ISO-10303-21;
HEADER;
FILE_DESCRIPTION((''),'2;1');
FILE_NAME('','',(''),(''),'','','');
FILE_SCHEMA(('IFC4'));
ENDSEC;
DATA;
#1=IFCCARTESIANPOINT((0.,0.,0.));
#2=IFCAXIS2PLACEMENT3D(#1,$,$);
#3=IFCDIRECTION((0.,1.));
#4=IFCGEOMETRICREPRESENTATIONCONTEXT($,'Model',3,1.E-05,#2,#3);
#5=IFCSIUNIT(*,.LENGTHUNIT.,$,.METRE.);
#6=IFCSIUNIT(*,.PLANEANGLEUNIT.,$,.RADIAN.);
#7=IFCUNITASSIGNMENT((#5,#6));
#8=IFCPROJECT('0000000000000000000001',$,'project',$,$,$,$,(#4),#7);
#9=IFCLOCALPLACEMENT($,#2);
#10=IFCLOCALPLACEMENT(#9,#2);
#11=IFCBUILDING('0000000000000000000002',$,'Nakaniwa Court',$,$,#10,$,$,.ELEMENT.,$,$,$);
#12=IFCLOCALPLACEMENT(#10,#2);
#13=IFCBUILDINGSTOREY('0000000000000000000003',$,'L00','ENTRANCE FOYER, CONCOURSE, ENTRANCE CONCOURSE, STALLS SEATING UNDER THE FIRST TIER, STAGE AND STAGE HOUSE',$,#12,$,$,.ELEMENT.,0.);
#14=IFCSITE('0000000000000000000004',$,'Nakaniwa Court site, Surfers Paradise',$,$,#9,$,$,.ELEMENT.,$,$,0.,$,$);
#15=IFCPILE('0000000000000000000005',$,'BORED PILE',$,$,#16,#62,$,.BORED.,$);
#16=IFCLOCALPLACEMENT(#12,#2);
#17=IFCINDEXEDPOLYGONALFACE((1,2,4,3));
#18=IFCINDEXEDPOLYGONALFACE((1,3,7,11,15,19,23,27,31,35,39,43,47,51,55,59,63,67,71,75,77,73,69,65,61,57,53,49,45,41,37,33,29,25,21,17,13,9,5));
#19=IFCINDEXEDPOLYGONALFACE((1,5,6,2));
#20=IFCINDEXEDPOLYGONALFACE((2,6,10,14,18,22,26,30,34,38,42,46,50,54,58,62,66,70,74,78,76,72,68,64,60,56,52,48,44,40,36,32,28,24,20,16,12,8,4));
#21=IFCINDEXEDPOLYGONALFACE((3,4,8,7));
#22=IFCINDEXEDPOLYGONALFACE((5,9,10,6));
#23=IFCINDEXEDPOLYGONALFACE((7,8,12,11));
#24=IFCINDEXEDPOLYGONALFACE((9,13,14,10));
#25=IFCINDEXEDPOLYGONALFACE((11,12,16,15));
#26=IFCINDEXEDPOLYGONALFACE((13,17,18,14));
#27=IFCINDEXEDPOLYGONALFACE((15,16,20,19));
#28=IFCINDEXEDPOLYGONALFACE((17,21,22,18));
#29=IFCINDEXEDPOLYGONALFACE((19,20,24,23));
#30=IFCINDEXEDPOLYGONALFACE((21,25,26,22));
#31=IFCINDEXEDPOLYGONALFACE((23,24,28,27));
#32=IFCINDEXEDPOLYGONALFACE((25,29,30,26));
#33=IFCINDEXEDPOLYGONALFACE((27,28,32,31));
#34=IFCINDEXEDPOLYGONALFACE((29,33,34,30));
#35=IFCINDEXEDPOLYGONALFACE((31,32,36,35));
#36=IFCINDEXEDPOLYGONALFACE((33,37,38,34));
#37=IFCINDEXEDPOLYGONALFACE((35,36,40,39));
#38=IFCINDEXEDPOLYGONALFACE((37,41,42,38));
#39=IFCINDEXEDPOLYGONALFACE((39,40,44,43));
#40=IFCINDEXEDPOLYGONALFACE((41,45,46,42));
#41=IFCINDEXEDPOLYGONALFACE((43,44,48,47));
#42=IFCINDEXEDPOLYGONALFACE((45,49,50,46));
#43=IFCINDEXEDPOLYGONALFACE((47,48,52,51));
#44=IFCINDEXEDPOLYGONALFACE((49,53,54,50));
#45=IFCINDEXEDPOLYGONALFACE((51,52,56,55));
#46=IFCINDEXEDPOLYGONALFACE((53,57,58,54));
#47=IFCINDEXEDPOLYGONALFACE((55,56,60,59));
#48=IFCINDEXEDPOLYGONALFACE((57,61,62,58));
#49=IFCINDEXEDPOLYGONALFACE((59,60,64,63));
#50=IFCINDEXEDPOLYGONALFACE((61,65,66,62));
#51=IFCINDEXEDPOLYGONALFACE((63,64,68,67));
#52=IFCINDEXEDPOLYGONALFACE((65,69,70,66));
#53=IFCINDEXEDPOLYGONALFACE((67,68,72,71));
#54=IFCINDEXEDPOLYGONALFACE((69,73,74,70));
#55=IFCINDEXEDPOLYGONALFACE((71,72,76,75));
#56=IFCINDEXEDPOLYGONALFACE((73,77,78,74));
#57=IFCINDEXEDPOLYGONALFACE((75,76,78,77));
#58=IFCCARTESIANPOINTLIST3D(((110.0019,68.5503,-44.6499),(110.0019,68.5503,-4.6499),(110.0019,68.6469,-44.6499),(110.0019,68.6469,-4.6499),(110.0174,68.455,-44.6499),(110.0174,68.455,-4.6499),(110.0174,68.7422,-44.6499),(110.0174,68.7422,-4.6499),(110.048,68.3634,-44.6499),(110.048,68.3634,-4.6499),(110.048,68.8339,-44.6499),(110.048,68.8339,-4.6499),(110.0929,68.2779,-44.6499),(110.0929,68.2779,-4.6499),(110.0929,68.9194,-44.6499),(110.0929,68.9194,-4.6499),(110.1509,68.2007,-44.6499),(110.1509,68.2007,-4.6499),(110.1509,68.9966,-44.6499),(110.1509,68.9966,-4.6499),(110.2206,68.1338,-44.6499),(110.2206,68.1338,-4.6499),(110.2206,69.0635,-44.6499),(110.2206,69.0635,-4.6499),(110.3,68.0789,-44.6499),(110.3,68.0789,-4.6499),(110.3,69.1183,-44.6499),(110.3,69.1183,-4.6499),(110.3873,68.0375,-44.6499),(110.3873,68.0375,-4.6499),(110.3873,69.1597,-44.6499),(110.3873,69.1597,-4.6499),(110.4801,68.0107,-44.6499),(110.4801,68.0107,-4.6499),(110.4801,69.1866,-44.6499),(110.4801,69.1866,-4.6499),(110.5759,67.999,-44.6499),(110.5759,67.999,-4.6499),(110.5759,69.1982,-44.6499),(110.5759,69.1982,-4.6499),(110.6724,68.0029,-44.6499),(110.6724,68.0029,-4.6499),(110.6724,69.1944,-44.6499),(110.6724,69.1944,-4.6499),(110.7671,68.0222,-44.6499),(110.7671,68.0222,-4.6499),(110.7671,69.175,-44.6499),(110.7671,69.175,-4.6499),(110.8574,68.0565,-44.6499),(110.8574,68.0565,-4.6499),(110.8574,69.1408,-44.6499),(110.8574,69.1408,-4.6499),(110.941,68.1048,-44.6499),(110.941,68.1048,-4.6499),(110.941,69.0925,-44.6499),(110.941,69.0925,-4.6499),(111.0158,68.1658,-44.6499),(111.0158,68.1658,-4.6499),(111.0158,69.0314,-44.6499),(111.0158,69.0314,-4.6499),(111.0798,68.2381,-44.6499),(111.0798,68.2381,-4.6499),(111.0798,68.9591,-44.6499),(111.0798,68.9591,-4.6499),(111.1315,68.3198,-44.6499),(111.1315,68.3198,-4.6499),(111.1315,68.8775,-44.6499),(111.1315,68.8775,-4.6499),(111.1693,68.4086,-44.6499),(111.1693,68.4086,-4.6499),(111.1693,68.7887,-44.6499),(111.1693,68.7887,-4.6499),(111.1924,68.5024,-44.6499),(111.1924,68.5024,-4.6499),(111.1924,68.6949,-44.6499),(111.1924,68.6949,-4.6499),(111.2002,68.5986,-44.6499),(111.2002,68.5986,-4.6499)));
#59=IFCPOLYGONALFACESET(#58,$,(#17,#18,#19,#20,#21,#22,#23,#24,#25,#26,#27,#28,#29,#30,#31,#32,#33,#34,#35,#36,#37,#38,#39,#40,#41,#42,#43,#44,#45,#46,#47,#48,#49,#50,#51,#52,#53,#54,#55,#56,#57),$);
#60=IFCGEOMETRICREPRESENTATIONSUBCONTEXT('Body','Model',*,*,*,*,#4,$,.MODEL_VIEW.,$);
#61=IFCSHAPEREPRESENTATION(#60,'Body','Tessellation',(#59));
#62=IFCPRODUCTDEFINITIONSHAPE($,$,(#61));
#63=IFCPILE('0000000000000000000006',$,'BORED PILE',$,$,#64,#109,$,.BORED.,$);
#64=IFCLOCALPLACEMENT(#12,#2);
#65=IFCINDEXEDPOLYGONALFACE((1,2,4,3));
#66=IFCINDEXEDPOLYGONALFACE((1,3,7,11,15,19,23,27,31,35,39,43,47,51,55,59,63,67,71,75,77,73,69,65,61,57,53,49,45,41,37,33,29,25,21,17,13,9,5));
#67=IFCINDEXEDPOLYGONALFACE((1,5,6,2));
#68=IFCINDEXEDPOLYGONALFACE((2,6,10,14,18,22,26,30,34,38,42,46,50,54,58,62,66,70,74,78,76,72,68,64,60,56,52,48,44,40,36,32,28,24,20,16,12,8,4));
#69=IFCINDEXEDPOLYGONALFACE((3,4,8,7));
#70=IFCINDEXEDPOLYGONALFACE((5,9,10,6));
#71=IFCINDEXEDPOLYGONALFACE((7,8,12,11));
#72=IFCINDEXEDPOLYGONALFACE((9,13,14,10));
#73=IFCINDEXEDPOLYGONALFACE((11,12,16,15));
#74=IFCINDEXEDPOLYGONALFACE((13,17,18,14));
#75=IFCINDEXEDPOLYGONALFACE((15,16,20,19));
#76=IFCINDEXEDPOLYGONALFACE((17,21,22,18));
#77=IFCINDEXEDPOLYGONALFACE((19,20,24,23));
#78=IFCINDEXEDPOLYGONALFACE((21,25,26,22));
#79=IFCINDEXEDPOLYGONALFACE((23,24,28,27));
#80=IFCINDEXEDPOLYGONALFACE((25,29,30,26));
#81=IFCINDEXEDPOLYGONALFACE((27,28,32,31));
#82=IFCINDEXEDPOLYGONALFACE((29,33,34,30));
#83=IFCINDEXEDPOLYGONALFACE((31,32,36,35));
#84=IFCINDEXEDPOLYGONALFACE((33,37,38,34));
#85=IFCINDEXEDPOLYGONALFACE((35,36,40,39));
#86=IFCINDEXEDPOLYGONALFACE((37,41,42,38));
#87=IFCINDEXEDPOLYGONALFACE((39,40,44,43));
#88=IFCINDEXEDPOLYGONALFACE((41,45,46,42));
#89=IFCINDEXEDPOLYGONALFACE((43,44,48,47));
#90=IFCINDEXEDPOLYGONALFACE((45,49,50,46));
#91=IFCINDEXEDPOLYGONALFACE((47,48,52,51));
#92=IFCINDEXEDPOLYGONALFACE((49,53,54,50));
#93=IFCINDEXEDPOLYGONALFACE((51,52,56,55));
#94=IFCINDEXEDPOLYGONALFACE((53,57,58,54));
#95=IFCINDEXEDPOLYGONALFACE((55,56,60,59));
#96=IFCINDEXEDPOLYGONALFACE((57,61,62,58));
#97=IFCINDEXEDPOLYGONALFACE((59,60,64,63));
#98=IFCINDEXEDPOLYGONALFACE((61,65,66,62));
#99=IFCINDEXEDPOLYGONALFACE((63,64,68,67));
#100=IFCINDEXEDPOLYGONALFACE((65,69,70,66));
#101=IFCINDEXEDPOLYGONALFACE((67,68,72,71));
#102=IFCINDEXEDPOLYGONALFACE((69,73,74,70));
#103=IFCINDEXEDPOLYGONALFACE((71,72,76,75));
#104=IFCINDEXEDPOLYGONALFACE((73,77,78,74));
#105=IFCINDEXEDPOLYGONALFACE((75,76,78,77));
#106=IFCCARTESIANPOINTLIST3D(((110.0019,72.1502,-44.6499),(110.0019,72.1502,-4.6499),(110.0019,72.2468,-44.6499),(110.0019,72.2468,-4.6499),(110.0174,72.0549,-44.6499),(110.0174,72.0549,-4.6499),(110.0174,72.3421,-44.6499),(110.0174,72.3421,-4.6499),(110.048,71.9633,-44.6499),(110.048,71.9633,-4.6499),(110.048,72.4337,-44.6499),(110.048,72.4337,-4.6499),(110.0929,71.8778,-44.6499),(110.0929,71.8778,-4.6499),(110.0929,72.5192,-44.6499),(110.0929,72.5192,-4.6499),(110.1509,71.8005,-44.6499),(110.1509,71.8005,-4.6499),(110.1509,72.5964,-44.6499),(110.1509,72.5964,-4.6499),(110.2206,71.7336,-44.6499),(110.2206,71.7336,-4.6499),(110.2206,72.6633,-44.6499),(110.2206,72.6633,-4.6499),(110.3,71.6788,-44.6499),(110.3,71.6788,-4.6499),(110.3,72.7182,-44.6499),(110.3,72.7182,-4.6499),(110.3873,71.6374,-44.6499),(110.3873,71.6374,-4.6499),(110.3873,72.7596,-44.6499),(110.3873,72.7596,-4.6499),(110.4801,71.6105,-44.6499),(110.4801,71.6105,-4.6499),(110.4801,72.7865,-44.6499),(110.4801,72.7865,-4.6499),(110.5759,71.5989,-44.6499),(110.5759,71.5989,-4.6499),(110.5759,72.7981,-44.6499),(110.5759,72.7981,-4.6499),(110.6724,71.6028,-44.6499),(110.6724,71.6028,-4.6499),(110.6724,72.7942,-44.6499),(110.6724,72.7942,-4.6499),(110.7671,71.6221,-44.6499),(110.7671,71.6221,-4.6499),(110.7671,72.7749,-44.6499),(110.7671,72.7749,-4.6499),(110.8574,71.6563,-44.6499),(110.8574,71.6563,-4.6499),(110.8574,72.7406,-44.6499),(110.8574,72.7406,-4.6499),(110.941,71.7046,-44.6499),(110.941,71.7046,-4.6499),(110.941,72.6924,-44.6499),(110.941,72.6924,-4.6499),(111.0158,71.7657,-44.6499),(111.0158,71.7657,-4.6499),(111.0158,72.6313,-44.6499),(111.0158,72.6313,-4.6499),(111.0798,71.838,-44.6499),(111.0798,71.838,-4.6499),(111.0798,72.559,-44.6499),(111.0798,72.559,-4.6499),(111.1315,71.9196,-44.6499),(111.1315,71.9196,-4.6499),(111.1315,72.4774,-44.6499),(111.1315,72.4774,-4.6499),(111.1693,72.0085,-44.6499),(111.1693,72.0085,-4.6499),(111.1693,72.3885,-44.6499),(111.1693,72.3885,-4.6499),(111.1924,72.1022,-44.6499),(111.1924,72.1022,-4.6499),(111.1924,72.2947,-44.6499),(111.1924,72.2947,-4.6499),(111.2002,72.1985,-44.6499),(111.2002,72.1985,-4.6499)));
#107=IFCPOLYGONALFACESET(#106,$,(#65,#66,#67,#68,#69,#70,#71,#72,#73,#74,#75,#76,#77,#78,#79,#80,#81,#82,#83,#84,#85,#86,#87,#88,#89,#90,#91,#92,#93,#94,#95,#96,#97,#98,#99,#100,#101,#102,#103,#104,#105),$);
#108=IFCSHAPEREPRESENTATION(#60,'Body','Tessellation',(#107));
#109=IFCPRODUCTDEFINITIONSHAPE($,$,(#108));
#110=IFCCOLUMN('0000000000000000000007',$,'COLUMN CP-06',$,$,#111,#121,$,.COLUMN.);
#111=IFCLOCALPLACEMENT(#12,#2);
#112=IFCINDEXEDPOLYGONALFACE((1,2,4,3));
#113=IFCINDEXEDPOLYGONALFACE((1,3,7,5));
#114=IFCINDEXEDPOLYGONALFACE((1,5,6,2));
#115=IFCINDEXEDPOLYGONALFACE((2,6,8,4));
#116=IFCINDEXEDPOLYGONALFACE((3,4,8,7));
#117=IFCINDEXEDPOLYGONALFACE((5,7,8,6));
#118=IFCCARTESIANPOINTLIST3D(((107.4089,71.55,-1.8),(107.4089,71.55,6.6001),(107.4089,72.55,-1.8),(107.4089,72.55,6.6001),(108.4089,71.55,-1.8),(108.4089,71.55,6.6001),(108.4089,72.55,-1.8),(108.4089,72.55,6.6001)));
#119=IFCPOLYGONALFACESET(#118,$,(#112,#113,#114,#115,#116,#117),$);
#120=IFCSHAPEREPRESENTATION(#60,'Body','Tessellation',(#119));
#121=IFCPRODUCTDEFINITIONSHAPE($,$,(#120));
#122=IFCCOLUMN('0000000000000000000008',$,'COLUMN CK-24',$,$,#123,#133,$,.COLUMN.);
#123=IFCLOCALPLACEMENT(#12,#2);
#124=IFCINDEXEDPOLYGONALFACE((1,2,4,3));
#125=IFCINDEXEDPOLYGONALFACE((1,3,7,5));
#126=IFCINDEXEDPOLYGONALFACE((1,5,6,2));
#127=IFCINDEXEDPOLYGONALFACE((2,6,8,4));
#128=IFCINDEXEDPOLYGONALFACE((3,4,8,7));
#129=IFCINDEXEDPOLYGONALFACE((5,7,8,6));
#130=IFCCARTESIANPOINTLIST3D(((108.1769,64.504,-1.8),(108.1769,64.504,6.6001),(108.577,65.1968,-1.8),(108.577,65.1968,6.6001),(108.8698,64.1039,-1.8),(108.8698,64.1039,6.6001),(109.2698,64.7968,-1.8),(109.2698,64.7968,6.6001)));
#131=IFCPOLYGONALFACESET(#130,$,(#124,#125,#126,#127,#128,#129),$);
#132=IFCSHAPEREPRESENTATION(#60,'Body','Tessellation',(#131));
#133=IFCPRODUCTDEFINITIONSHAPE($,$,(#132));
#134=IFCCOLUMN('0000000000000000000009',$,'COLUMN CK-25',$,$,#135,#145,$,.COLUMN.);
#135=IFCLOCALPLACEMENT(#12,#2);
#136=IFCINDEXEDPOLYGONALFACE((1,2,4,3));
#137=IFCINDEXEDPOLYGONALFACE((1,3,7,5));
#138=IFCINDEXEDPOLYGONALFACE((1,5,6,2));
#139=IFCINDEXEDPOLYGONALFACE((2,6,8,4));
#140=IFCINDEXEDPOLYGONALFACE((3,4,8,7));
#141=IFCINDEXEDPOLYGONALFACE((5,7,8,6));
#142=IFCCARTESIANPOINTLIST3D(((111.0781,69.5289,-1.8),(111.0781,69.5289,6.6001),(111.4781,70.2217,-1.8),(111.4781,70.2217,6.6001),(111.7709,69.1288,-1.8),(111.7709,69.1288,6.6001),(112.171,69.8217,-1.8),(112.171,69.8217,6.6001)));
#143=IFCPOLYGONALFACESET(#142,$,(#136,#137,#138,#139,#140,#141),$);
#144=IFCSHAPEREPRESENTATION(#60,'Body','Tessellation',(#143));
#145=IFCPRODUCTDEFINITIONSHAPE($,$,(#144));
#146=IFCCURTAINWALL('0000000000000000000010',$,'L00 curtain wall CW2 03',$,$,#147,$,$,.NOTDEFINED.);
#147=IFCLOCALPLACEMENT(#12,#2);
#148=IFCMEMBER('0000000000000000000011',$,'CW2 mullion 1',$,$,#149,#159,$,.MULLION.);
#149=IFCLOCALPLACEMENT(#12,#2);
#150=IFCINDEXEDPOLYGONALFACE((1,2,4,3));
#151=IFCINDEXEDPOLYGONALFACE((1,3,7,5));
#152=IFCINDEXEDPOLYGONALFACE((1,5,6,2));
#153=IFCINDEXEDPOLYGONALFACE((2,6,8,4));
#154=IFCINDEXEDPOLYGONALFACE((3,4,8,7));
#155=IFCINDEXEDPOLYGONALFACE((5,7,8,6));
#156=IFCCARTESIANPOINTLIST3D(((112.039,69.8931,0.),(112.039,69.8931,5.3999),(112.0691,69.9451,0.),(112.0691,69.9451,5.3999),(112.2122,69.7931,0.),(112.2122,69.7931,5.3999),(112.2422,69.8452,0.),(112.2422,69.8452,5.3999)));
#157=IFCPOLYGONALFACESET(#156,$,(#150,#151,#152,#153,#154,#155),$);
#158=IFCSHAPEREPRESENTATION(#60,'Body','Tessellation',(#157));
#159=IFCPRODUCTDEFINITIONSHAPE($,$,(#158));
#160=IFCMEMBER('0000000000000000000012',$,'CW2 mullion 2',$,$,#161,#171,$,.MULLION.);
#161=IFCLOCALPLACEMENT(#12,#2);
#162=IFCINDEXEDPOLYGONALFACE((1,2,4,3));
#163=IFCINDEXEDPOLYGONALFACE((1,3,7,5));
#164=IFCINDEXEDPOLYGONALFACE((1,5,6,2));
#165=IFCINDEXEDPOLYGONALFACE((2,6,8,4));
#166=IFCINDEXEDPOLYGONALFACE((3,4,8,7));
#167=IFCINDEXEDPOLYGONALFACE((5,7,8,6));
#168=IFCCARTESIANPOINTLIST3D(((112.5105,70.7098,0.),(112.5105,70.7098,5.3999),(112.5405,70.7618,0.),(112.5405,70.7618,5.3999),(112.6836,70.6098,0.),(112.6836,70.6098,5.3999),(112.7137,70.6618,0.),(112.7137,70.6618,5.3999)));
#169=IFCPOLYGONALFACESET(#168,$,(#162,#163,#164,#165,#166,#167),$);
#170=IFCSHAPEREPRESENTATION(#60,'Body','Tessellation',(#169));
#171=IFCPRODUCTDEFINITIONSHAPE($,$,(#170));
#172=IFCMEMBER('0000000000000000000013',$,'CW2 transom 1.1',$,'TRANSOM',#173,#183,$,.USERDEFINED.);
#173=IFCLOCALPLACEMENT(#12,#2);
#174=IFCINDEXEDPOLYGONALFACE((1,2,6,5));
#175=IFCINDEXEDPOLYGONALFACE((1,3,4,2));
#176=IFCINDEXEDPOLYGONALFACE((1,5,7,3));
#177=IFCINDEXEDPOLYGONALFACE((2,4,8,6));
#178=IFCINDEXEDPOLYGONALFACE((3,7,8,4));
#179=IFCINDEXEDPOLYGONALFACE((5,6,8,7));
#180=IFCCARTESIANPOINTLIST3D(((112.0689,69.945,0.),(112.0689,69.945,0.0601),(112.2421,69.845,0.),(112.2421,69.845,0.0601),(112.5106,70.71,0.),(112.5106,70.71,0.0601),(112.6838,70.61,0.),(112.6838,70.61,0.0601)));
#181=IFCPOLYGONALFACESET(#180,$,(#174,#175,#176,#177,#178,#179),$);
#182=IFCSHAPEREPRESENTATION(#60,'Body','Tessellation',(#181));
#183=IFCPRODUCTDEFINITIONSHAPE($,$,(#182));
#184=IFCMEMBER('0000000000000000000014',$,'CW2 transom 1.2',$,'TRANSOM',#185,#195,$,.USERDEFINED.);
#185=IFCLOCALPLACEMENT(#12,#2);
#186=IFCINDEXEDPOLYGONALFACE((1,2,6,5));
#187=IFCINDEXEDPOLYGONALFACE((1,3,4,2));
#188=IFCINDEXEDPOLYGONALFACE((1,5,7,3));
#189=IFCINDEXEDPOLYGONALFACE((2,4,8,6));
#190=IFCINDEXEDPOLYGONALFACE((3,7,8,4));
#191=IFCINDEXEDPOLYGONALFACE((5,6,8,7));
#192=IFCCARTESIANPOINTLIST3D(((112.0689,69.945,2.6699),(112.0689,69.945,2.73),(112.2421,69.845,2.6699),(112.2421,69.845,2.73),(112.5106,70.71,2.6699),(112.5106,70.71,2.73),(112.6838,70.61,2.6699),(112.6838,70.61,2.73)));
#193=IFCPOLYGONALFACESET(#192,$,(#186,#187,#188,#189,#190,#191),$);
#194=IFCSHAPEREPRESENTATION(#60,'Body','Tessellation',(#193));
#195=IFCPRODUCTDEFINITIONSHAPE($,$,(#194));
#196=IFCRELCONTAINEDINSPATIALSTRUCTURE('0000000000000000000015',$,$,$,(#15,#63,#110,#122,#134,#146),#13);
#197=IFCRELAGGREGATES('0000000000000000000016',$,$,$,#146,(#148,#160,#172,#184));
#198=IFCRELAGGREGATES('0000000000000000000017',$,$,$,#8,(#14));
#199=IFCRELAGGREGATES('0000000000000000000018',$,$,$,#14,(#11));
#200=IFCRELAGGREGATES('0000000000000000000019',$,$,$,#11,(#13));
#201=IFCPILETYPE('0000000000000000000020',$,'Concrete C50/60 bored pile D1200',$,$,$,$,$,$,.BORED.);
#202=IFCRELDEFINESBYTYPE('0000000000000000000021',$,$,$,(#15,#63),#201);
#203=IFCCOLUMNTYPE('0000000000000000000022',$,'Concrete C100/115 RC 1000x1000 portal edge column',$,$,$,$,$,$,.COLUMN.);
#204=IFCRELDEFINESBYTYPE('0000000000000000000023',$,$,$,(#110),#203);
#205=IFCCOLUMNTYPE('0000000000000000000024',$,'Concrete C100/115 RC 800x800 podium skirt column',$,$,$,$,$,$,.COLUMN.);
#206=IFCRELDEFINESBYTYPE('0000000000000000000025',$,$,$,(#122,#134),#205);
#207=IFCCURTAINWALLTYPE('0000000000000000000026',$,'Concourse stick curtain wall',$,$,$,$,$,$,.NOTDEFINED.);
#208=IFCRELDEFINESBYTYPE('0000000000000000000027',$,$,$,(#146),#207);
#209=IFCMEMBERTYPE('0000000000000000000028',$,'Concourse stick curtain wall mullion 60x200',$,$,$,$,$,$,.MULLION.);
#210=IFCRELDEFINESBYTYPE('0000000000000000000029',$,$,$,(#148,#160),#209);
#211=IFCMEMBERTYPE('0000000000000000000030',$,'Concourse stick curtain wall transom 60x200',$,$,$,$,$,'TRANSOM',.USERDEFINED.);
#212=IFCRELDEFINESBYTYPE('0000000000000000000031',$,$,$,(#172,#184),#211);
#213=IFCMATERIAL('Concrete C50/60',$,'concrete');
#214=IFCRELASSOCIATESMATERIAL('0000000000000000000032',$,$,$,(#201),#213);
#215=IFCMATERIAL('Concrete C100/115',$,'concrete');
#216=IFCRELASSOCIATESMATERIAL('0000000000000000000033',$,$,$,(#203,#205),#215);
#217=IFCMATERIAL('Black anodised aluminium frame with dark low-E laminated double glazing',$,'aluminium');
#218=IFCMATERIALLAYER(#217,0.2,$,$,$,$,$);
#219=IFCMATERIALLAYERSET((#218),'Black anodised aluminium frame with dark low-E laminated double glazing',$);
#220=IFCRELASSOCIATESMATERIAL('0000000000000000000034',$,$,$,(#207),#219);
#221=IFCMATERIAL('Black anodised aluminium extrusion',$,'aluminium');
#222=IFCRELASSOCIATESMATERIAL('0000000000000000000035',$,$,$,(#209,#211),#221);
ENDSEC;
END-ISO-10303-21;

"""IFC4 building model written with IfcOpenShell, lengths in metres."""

from ifc_helpers import new_model, si_unit, direction, frame, origin, origin_2d, place, context, subcontext, project, spatial, rectangle, circle, extrude, material, layer, layer_set, material_profile, profile_set, type_object, element, aggregate, save


model = new_model("IFC4")

# Units and contexts
model_context = context("Model", 3, precision=1e-05, world=origin(), true_north=direction((0.0, 1.0)))
body_context = subcontext(model_context, "Body", "Model", "MODEL_VIEW")
ifc_project = project(units=[si_unit("LENGTHUNIT", "METRE"), si_unit("PLANEANGLEUNIT", "RADIAN")], contexts=[model_context])

# Site, building, storey
site_placement = place(None, origin())
site = spatial("IfcSite", under=ifc_project, at=site_placement, Name="Nakaniwa Court site, Surfers Paradise", CompositionType="ELEMENT", RefElevation=0.0)
building_placement = place(site_placement, origin())
building = spatial("IfcBuilding", under=site, at=building_placement, Name="Nakaniwa Court", CompositionType="ELEMENT")
storey_placement = place(building_placement, origin())
storey = spatial("IfcBuildingStorey", under=building, at=storey_placement, Name="L00", Description="ENTRANCE FOYER, CONCOURSE, ENTRANCE CONCOURSE, STALLS SEATING UNDER THE FIRST TIER, STAGE AND STAGE HOUSE", CompositionType="ELEMENT", Elevation=0.0)

# Piles
ifc_material_1 = material(Name="Concrete C50/60", Category="concrete")
ifc_material_profile_1 = material_profile(ifc_material_1, circle(Radius=0.6001, at=origin_2d()), Name="Concrete C50/60 bored pile D1200")
ifc_profile_set_1 = profile_set([ifc_material_profile_1], Name="Concrete C50/60")
pile_type = type_object("IfcPileType", Name="Concrete C50/60 bored pile D1200", PredefinedType="BORED", material=ifc_profile_set_1)
for number, where, z_axis, x_axis, name in (
    (1, (110.6001, 68.5986, -4.6499), (0.0, 0.0, -1.0), (1.0, 0.0, 0.0), "BORED PILE"),
    (2, (110.6001, 72.1985, -4.6499), (0.0, 0.0, -1.0), (1.0, 0.0, 0.0), "BORED PILE"),
):
    element("IfcPile", number, at=place(storey_placement, frame(where, z_axis=z_axis, x_axis=x_axis)), inside=storey, type_object=pile_type, Name=name, PredefinedType="BORED", context=body_context, shape_type="SweptSolid", body=[
        extrude(circle(Radius=0.6001, at=origin_2d()), origin(), (0.0, 0.0, 1.0), 40.0),
    ])

# Columns
ifc_material_2 = material(Name="Concrete C100/115", Category="concrete")
ifc_material_profile_2 = material_profile(ifc_material_2, rectangle(XDim=1.0, YDim=1.0, at=origin_2d()), Name="Concrete C100/115 RC 1000x1000 portal edge column")
ifc_profile_set_2 = profile_set([ifc_material_profile_2], Name="Concrete C100/115")
column_type_1 = type_object("IfcColumnType", Name="Concrete C100/115 RC 1000x1000 portal edge column", PredefinedType="COLUMN", material=ifc_profile_set_2)
column_placement = place(storey_placement, frame((107.9089, 72.05, -1.8), z_axis=(0.0, 0.0, 1.0), x_axis=(1.0, 0.0, 0.0)))
element("IfcColumn", 3, at=column_placement, inside=storey, type_object=column_type_1, Name="COLUMN CP-06", PredefinedType="COLUMN", context=body_context, shape_type="SweptSolid", body=[
    extrude(rectangle(XDim=1.0, YDim=1.0, at=origin_2d()), origin(), (0.0, 0.0, 1.0), 8.4001),
])
ifc_material_profile_3 = material_profile(ifc_material_2, rectangle(XDim=0.8, YDim=0.8, at=origin_2d()), Name="Concrete C100/115 RC 800x800 podium skirt column")
ifc_profile_set_3 = profile_set([ifc_material_profile_3], Name="Concrete C100/115")
column_type_2 = type_object("IfcColumnType", Name="Concrete C100/115 RC 800x800 podium skirt column", PredefinedType="COLUMN", material=ifc_profile_set_3)
for number, where, z_axis, x_axis, name in (
    (4, (108.7234, 64.6504, -1.8), (0.0, 0.0, 1.0), (0.5, 0.866025, 0.0), "COLUMN CK-24"),
    (5, (111.6245, 69.6753, -1.8), (0.0, 0.0, 1.0), (0.5, 0.866025, 0.0), "COLUMN CK-25"),
):
    element("IfcColumn", number, at=place(storey_placement, frame(where, z_axis=z_axis, x_axis=x_axis)), inside=storey, type_object=column_type_2, Name=name, PredefinedType="COLUMN", context=body_context, shape_type="SweptSolid", body=[
        extrude(rectangle(XDim=0.8, YDim=0.8, at=origin_2d()), origin(), (0.0, 0.0, 1.0), 8.4001),
    ])

# Curtain wall, members
ifc_material_3 = material(Name="Black anodised aluminium frame with dark low-E laminated double glazing", Category="aluminium")
ifc_layer_1 = layer(ifc_material_3, 0.2)
ifc_layer_set_1 = layer_set([ifc_layer_1], Name="Black anodised aluminium frame with dark low-E laminated double glazing")
curtain_wall_type = type_object("IfcCurtainWallType", Name="Concourse stick curtain wall", PredefinedType="NOTDEFINED", material=ifc_layer_set_1)
curtain_wall_placement = place(storey_placement, origin())
curtain_wall = element("IfcCurtainWall", 6, at=curtain_wall_placement, inside=storey, type_object=curtain_wall_type, Name="L00 curtain wall CW2 03", PredefinedType="NOTDEFINED")
ifc_material_4 = material(Name="Black anodised aluminium extrusion", Category="aluminium")
ifc_material_profile_4 = material_profile(ifc_material_4, rectangle(XDim=0.2, YDim=0.0601, at=origin_2d()), Name="Concourse stick curtain wall mullion 60x200")
ifc_profile_set_4 = profile_set([ifc_material_profile_4], Name="Black anodised aluminium extrusion")
member_type_1 = type_object("IfcMemberType", Name="Concourse stick curtain wall mullion 60x200", PredefinedType="MULLION", material=ifc_profile_set_4)
member_1_placement = place(storey_placement, frame((112.1406, 69.8691, 0.0), z_axis=(0.0, 0.0, 1.0), x_axis=(-0.86604, 0.499975, 0.0)))
member_1 = element("IfcMember", 7, at=member_1_placement, type_object=member_type_1, Name="CW2 mullion 1", PredefinedType="MULLION", context=body_context, shape_type="SweptSolid", body=[
    extrude(rectangle(XDim=0.2, YDim=0.0601, at=origin_2d()), origin(), (0.0, 0.0, 1.0), 5.3999),
])
member_2_placement = place(storey_placement, frame((112.6121, 70.6858, 0.0), z_axis=(0.0, 0.0, 1.0), x_axis=(-0.86604, 0.499975, 0.0)))
member_2 = element("IfcMember", 8, at=member_2_placement, type_object=member_type_1, Name="CW2 mullion 2", PredefinedType="MULLION", context=body_context, shape_type="SweptSolid", body=[
    extrude(rectangle(XDim=0.2, YDim=0.0601, at=origin_2d()), origin(), (0.0, 0.0, 1.0), 5.3999),
])
ifc_material_profile_5 = material_profile(ifc_material_4, rectangle(XDim=0.2, YDim=0.0601, at=origin_2d()), Name="Concourse stick curtain wall transom 60x200")
ifc_profile_set_5 = profile_set([ifc_material_profile_5], Name="Black anodised aluminium extrusion")
member_type_2 = type_object("IfcMemberType", Name="Concourse stick curtain wall transom 60x200", ElementType="TRANSOM", PredefinedType="USERDEFINED", material=ifc_profile_set_5)
member_3_placement = place(storey_placement, frame((112.1555, 69.895, 0.03), z_axis=(0.500034, 0.866006, 0.0), x_axis=(-0.866006, 0.500034, 0.0)))
member_3 = element("IfcMember", 9, at=member_3_placement, type_object=member_type_2, Name="CW2 transom 1.1", ObjectType="TRANSOM", PredefinedType="USERDEFINED", context=body_context, shape_type="SweptSolid", body=[
    extrude(rectangle(XDim=0.2, YDim=0.0601, at=origin_2d()), origin(), (0.0, 0.0, 1.0), 0.8833),
])
member_4_placement = place(storey_placement, frame((112.1555, 69.895, 2.7), z_axis=(0.500034, 0.866006, 0.0), x_axis=(-0.866006, 0.500034, 0.0)))
member_4 = element("IfcMember", 10, at=member_4_placement, type_object=member_type_2, Name="CW2 transom 1.2", ObjectType="TRANSOM", PredefinedType="USERDEFINED", context=body_context, shape_type="SweptSolid", body=[
    extrude(rectangle(XDim=0.2, YDim=0.0601, at=origin_2d()), origin(), (0.0, 0.0, 1.0), 0.8833),
])
aggregate(curtain_wall, [member_1, member_2, member_3, member_4])

save(model, "model.ifc")
